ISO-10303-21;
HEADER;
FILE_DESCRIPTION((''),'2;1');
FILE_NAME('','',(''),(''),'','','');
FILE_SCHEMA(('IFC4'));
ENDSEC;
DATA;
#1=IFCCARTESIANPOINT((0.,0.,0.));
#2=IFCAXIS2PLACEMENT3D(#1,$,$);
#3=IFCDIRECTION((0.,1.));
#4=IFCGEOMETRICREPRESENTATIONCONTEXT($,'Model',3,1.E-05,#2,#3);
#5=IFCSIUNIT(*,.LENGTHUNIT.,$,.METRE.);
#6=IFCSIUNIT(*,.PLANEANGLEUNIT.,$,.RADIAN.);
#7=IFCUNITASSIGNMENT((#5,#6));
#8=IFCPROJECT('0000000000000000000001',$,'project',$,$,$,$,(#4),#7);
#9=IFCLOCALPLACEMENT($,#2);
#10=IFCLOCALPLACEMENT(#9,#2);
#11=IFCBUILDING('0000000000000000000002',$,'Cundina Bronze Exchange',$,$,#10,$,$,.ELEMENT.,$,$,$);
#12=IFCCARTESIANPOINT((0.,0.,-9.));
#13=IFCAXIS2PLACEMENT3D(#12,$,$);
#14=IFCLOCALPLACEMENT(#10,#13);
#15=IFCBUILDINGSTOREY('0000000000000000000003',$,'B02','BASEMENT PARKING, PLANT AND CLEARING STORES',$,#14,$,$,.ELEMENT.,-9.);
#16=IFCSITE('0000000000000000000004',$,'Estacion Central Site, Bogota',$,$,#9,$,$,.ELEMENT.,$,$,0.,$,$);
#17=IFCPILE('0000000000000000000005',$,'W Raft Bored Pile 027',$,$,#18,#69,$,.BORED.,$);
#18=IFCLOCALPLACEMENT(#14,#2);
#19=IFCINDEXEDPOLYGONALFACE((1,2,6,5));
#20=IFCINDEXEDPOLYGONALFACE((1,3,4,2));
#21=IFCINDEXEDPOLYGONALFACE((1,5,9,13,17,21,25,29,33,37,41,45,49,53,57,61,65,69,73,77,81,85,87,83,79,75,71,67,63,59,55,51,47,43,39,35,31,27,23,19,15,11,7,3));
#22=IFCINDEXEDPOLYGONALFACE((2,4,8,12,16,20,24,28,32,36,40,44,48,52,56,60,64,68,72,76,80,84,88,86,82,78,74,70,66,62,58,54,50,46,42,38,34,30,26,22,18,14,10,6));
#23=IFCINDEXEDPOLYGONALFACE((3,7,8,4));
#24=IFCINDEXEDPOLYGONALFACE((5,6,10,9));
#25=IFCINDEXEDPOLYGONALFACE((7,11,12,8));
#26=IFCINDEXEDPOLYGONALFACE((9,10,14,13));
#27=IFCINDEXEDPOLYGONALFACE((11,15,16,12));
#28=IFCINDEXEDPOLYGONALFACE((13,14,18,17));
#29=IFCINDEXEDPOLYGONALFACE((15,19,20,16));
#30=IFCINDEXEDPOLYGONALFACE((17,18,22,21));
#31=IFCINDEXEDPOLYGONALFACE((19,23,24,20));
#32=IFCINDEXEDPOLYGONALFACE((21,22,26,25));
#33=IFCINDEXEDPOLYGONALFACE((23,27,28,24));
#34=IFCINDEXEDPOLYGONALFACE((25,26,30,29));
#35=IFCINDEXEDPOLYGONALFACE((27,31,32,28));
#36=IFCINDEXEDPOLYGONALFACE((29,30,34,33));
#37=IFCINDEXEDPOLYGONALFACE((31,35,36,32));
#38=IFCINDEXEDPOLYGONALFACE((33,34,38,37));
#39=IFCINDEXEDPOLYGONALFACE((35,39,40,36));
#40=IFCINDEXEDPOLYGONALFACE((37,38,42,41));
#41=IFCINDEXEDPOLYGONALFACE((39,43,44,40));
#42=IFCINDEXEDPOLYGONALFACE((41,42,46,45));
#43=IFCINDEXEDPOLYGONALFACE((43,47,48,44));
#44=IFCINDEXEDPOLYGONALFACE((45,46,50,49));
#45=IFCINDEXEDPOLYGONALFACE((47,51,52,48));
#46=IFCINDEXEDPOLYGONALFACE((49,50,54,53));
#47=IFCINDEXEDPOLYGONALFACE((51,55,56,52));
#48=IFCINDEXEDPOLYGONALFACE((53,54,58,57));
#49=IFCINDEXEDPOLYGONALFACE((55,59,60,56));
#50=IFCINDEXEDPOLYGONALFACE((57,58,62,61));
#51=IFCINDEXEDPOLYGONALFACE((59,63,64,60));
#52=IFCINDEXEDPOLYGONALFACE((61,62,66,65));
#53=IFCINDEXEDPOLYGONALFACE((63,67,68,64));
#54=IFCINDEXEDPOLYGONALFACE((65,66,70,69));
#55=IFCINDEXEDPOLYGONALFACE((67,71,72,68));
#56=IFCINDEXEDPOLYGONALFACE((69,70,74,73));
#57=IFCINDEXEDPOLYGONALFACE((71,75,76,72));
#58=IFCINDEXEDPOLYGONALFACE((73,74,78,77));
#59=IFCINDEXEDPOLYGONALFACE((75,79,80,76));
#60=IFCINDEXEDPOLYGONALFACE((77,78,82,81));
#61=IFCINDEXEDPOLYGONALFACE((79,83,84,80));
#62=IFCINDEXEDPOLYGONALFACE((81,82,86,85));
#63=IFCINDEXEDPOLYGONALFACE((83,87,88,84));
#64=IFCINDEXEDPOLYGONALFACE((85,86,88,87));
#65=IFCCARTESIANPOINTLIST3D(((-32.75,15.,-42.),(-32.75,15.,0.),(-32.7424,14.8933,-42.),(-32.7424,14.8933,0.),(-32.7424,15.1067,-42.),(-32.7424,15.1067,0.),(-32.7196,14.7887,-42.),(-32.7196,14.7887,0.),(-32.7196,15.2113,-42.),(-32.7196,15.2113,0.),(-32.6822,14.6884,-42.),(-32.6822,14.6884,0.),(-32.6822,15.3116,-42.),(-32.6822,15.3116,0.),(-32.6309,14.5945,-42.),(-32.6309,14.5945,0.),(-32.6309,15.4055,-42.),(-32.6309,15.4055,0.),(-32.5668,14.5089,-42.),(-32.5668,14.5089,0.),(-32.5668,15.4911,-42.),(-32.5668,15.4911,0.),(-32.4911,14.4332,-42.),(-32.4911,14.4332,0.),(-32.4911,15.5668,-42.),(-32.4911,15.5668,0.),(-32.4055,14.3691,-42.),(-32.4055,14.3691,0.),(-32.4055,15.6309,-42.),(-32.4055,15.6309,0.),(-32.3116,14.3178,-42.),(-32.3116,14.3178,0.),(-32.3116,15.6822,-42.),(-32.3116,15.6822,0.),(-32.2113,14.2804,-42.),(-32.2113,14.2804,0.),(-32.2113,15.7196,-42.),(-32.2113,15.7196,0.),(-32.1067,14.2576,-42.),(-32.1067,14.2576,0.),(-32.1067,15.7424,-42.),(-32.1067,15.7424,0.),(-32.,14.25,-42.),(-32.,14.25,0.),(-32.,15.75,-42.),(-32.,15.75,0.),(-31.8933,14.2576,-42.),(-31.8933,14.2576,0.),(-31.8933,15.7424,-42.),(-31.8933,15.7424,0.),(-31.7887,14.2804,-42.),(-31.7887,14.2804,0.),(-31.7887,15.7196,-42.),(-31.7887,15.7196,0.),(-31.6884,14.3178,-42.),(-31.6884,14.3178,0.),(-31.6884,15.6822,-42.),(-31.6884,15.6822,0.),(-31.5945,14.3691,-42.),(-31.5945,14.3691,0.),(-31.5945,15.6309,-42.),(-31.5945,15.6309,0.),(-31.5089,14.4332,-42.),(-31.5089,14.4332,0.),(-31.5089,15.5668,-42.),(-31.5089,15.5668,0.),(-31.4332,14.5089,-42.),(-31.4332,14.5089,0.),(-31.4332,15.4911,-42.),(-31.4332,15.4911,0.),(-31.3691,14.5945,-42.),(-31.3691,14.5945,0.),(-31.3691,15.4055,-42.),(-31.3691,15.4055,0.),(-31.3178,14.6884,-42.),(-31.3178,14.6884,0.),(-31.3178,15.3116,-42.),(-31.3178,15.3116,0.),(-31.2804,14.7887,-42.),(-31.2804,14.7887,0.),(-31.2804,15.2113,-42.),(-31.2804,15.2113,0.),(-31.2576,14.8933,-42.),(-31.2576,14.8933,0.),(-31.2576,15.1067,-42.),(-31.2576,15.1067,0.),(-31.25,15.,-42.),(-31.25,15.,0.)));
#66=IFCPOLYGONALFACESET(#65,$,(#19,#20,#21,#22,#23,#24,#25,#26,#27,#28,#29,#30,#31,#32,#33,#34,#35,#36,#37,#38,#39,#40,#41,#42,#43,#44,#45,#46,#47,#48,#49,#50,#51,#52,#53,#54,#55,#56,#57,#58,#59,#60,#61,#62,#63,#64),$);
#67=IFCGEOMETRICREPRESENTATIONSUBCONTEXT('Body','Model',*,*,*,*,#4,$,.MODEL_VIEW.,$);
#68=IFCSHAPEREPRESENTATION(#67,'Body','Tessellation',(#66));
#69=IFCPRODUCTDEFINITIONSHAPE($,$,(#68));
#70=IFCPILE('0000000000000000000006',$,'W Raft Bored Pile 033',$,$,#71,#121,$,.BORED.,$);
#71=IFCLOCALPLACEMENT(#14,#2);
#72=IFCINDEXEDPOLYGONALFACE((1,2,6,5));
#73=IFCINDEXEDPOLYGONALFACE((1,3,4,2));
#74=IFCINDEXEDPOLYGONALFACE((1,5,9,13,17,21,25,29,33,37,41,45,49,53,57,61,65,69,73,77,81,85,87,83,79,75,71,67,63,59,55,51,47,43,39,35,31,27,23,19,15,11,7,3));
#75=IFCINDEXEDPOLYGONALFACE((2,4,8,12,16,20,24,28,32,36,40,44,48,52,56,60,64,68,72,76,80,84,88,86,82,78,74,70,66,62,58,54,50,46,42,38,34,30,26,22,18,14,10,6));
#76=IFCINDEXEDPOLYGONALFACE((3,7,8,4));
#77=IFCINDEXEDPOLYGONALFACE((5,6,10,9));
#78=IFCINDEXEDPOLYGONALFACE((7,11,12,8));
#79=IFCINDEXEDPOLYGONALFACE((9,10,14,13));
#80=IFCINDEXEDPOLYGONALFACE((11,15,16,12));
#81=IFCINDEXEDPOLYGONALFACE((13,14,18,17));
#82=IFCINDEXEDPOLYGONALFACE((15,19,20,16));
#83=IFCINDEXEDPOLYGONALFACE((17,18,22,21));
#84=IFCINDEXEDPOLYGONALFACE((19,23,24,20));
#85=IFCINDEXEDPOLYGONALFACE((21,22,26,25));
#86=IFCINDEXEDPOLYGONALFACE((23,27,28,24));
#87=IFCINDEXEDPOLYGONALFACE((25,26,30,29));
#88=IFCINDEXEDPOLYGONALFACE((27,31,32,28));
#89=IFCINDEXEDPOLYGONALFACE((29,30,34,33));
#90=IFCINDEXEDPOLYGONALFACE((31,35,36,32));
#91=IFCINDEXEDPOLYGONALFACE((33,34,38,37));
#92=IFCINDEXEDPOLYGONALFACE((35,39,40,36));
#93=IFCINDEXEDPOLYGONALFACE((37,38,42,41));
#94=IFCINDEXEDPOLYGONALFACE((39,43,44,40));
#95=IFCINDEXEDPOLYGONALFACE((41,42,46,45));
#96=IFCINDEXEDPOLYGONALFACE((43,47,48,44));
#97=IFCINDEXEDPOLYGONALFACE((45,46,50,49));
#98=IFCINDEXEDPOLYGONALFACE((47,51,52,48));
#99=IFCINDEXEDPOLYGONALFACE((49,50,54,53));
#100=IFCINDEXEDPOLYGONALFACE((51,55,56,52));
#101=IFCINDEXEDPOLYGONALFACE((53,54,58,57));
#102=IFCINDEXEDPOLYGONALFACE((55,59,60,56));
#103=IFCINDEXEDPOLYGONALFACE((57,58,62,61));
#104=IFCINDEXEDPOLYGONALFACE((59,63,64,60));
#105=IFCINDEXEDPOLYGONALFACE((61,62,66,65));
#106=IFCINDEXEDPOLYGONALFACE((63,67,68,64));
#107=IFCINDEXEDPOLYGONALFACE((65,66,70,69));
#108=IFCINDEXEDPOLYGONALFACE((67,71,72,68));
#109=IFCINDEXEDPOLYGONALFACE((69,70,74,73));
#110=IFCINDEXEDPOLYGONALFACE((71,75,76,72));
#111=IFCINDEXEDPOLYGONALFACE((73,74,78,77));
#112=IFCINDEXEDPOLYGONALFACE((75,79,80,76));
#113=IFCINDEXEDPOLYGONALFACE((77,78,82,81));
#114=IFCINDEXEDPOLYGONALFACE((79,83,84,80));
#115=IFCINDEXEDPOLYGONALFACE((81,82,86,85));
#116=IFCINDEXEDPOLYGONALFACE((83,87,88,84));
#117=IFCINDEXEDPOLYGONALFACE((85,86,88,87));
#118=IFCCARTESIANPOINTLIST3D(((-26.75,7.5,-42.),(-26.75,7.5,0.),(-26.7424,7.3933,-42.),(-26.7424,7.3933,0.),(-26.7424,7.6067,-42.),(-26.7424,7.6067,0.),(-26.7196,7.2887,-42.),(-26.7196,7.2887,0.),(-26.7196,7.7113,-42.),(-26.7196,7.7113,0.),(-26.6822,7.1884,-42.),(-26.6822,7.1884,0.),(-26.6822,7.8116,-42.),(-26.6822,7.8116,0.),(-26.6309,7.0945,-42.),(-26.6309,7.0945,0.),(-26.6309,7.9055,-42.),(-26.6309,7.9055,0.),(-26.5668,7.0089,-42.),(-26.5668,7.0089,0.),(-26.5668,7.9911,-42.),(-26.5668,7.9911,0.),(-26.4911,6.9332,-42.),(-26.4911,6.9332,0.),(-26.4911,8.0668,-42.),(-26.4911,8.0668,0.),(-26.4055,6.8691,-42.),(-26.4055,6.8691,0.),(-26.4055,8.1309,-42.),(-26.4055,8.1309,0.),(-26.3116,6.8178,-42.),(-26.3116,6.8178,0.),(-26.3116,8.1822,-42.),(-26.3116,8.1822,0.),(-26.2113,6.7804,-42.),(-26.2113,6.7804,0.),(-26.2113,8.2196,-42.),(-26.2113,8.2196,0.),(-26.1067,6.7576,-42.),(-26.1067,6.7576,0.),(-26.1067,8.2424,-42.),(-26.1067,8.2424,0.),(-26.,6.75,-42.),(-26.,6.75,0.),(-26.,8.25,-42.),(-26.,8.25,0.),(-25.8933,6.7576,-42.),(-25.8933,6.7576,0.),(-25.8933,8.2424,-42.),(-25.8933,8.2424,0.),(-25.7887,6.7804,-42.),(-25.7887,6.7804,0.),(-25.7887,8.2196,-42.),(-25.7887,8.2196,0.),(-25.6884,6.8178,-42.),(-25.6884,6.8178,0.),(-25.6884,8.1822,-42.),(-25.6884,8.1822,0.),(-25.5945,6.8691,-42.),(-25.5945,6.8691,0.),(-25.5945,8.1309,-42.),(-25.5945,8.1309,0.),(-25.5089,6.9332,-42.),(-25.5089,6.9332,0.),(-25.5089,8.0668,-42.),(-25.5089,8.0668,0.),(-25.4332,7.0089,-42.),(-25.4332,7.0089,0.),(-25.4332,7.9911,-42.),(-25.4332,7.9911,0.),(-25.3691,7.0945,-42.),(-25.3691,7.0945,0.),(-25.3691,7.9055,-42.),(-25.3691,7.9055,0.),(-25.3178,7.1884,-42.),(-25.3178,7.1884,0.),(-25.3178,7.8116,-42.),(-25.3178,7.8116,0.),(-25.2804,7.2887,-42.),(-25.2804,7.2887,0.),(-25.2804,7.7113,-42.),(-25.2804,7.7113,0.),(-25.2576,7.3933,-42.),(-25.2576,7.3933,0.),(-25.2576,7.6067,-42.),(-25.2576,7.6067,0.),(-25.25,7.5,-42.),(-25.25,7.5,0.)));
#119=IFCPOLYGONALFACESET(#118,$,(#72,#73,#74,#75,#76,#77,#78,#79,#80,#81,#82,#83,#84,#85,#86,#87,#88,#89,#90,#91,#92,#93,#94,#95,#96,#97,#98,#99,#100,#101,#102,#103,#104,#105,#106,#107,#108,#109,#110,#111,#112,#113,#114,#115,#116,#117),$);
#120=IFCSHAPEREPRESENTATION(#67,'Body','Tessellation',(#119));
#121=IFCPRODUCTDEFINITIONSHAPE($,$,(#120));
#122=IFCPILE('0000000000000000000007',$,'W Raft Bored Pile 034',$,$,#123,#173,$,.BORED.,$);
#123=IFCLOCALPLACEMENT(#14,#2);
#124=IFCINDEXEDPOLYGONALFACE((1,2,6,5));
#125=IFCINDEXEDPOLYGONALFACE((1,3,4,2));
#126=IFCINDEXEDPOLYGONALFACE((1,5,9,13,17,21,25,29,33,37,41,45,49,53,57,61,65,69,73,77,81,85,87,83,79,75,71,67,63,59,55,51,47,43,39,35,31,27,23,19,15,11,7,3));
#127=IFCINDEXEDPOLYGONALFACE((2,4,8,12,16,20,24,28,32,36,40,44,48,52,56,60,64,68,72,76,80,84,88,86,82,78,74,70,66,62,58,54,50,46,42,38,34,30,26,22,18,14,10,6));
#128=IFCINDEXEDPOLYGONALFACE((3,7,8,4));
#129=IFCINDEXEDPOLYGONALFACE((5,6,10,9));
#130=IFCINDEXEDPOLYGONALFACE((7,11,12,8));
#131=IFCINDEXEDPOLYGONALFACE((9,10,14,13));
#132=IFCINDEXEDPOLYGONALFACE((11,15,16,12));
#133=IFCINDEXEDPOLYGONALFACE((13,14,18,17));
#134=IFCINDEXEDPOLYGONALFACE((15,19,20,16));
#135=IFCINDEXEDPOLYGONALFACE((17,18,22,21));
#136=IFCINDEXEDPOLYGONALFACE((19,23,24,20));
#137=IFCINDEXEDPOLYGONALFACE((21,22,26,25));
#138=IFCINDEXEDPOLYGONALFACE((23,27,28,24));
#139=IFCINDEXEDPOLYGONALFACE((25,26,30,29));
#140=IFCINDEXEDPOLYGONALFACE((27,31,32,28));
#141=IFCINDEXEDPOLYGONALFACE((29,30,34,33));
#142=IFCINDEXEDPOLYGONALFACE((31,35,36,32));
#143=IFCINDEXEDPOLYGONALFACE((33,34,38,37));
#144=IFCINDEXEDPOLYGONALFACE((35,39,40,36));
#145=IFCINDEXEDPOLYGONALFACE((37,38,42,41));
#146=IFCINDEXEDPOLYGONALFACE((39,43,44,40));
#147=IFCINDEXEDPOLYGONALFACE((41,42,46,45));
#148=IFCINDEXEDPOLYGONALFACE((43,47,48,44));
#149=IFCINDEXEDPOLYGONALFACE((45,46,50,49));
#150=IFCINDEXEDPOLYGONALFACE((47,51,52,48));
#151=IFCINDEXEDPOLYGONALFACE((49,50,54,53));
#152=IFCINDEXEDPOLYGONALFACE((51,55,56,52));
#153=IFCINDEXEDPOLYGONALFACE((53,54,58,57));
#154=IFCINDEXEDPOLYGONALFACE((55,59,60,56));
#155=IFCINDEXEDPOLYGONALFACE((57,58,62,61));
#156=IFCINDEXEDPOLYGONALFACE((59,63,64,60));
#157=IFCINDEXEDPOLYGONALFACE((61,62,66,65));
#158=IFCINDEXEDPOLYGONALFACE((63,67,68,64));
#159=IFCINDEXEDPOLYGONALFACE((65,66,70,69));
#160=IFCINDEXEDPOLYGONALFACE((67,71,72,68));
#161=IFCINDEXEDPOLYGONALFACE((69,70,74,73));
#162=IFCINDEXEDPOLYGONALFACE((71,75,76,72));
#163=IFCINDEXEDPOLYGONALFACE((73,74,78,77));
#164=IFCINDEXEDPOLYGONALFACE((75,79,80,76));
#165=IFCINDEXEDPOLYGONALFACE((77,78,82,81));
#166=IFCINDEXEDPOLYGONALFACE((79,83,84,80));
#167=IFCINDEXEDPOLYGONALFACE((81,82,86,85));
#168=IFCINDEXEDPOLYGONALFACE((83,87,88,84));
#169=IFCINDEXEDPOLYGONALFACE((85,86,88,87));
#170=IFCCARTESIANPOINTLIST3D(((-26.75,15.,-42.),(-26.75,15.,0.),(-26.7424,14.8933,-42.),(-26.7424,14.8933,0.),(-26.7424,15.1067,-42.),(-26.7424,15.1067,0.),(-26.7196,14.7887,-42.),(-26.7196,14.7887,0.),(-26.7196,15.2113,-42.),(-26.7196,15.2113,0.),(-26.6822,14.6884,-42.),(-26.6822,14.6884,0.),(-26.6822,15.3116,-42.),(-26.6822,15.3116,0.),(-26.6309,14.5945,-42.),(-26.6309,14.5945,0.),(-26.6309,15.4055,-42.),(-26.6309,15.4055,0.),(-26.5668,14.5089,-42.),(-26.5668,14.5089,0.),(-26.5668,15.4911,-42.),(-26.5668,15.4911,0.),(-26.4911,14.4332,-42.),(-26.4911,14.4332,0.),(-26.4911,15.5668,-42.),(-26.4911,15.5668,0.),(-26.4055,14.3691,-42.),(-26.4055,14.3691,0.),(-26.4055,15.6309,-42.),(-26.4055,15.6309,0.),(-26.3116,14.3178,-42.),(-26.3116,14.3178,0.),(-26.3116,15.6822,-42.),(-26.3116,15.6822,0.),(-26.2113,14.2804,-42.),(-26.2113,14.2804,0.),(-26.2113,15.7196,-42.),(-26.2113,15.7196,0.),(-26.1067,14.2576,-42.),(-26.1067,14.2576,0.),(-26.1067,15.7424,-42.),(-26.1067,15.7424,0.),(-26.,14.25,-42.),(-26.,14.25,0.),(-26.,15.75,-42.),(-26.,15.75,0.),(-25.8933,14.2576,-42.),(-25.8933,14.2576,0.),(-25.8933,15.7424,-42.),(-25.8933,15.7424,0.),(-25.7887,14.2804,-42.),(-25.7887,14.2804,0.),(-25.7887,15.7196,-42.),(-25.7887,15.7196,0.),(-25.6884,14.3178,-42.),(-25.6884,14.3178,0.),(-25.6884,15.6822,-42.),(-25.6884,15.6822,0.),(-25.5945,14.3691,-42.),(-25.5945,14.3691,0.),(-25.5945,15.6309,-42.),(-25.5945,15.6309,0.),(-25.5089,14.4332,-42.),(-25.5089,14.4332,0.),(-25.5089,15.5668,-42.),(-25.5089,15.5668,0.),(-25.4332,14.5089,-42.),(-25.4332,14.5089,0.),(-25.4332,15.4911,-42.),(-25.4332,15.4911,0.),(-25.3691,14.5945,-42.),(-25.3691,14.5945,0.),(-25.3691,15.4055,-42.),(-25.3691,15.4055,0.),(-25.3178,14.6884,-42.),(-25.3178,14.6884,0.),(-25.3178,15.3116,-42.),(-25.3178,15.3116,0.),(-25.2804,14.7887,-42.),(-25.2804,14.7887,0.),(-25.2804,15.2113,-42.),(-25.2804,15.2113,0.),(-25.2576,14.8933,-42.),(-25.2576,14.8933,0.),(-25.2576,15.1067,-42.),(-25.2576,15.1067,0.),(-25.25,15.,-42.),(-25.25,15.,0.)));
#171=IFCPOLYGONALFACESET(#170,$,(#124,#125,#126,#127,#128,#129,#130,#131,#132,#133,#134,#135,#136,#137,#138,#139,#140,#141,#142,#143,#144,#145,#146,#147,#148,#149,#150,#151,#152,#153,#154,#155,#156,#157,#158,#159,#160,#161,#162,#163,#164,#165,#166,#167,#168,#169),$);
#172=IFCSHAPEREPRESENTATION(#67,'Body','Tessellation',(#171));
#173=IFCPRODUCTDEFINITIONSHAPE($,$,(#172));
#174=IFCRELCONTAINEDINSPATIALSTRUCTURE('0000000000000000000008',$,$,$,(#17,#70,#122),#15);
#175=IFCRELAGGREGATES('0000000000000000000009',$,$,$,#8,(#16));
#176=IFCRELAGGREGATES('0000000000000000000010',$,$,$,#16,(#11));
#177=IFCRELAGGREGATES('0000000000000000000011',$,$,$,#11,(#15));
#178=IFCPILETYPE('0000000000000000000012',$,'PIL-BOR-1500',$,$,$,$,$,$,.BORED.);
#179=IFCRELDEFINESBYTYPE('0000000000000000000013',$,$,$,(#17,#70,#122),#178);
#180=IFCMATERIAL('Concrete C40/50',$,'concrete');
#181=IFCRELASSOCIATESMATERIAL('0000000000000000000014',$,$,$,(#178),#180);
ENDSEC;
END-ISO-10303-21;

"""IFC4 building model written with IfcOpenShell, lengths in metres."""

from ifc_helpers import new_model, si_unit, direction, frame, origin, origin_2d, place, context, subcontext, project, spatial, circle, extrude, material, material_profile, profile_set, type_object, element, save


model = new_model("IFC4")

# Units and contexts
model_context = context("Model", 3, precision=1e-05, world=origin(), true_north=direction((0.0, 1.0)))
body_context = subcontext(model_context, "Body", "Model", "MODEL_VIEW")
ifc_project = project(units=[si_unit("LENGTHUNIT", "METRE"), si_unit("PLANEANGLEUNIT", "RADIAN")], contexts=[model_context])

# Site, building, storey
site_placement = place(None, origin())
site = spatial("IfcSite", under=ifc_project, at=site_placement, Name="Estacion Central Site, Bogota", CompositionType="ELEMENT", RefElevation=0.0)
building_placement = place(site_placement, origin())
building = spatial("IfcBuilding", under=site, at=building_placement, Name="Cundina Bronze Exchange", CompositionType="ELEMENT")
storey_placement = place(building_placement, frame((0.0, 0.0, -9.0)))
storey = spatial("IfcBuildingStorey", under=building, at=storey_placement, Name="B02", Description="BASEMENT PARKING, PLANT AND CLEARING STORES", CompositionType="ELEMENT", Elevation=-9.0)

# Piles
ifc_material_1 = material(Name="Concrete C40/50", Category="concrete")
ifc_material_profile_1 = material_profile(ifc_material_1, circle(Radius=0.75, at=origin_2d()), Name="PILE1500D", Category="concrete")
ifc_profile_set_1 = profile_set([ifc_material_profile_1], Name="Concrete C40/50")
pile_type_1 = type_object("IfcPileType", Name="PIL-BOR-1500", PredefinedType="BORED", material=ifc_profile_set_1)
for number, where, z_axis, x_axis, name in (
    (1, (-32.0, 15.0, 0.0), (0.0, 0.0, -1.0), (1.0, 0.0, 0.0), "W Raft Bored Pile 027"),
    (2, (-26.0, 7.5, 0.0), (0.0, 0.0, -1.0), (1.0, 0.0, 0.0), "W Raft Bored Pile 033"),
    (3, (-26.0, 15.0, 0.0), (0.0, 0.0, -1.0), (1.0, 0.0, 0.0), "W Raft Bored Pile 034"),
):
    element("IfcPile", number, at=place(storey_placement, frame(where, z_axis=z_axis, x_axis=x_axis)), inside=storey, type_object=pile_type_1, Name=name, PredefinedType="BORED", context=body_context, shape_type="SweptSolid", body=[
        extrude(circle(Radius=0.75, at=origin_2d()), origin(), (0.0, 0.0, 1.0), 42.0),
    ])

save(model, "model.ifc")
